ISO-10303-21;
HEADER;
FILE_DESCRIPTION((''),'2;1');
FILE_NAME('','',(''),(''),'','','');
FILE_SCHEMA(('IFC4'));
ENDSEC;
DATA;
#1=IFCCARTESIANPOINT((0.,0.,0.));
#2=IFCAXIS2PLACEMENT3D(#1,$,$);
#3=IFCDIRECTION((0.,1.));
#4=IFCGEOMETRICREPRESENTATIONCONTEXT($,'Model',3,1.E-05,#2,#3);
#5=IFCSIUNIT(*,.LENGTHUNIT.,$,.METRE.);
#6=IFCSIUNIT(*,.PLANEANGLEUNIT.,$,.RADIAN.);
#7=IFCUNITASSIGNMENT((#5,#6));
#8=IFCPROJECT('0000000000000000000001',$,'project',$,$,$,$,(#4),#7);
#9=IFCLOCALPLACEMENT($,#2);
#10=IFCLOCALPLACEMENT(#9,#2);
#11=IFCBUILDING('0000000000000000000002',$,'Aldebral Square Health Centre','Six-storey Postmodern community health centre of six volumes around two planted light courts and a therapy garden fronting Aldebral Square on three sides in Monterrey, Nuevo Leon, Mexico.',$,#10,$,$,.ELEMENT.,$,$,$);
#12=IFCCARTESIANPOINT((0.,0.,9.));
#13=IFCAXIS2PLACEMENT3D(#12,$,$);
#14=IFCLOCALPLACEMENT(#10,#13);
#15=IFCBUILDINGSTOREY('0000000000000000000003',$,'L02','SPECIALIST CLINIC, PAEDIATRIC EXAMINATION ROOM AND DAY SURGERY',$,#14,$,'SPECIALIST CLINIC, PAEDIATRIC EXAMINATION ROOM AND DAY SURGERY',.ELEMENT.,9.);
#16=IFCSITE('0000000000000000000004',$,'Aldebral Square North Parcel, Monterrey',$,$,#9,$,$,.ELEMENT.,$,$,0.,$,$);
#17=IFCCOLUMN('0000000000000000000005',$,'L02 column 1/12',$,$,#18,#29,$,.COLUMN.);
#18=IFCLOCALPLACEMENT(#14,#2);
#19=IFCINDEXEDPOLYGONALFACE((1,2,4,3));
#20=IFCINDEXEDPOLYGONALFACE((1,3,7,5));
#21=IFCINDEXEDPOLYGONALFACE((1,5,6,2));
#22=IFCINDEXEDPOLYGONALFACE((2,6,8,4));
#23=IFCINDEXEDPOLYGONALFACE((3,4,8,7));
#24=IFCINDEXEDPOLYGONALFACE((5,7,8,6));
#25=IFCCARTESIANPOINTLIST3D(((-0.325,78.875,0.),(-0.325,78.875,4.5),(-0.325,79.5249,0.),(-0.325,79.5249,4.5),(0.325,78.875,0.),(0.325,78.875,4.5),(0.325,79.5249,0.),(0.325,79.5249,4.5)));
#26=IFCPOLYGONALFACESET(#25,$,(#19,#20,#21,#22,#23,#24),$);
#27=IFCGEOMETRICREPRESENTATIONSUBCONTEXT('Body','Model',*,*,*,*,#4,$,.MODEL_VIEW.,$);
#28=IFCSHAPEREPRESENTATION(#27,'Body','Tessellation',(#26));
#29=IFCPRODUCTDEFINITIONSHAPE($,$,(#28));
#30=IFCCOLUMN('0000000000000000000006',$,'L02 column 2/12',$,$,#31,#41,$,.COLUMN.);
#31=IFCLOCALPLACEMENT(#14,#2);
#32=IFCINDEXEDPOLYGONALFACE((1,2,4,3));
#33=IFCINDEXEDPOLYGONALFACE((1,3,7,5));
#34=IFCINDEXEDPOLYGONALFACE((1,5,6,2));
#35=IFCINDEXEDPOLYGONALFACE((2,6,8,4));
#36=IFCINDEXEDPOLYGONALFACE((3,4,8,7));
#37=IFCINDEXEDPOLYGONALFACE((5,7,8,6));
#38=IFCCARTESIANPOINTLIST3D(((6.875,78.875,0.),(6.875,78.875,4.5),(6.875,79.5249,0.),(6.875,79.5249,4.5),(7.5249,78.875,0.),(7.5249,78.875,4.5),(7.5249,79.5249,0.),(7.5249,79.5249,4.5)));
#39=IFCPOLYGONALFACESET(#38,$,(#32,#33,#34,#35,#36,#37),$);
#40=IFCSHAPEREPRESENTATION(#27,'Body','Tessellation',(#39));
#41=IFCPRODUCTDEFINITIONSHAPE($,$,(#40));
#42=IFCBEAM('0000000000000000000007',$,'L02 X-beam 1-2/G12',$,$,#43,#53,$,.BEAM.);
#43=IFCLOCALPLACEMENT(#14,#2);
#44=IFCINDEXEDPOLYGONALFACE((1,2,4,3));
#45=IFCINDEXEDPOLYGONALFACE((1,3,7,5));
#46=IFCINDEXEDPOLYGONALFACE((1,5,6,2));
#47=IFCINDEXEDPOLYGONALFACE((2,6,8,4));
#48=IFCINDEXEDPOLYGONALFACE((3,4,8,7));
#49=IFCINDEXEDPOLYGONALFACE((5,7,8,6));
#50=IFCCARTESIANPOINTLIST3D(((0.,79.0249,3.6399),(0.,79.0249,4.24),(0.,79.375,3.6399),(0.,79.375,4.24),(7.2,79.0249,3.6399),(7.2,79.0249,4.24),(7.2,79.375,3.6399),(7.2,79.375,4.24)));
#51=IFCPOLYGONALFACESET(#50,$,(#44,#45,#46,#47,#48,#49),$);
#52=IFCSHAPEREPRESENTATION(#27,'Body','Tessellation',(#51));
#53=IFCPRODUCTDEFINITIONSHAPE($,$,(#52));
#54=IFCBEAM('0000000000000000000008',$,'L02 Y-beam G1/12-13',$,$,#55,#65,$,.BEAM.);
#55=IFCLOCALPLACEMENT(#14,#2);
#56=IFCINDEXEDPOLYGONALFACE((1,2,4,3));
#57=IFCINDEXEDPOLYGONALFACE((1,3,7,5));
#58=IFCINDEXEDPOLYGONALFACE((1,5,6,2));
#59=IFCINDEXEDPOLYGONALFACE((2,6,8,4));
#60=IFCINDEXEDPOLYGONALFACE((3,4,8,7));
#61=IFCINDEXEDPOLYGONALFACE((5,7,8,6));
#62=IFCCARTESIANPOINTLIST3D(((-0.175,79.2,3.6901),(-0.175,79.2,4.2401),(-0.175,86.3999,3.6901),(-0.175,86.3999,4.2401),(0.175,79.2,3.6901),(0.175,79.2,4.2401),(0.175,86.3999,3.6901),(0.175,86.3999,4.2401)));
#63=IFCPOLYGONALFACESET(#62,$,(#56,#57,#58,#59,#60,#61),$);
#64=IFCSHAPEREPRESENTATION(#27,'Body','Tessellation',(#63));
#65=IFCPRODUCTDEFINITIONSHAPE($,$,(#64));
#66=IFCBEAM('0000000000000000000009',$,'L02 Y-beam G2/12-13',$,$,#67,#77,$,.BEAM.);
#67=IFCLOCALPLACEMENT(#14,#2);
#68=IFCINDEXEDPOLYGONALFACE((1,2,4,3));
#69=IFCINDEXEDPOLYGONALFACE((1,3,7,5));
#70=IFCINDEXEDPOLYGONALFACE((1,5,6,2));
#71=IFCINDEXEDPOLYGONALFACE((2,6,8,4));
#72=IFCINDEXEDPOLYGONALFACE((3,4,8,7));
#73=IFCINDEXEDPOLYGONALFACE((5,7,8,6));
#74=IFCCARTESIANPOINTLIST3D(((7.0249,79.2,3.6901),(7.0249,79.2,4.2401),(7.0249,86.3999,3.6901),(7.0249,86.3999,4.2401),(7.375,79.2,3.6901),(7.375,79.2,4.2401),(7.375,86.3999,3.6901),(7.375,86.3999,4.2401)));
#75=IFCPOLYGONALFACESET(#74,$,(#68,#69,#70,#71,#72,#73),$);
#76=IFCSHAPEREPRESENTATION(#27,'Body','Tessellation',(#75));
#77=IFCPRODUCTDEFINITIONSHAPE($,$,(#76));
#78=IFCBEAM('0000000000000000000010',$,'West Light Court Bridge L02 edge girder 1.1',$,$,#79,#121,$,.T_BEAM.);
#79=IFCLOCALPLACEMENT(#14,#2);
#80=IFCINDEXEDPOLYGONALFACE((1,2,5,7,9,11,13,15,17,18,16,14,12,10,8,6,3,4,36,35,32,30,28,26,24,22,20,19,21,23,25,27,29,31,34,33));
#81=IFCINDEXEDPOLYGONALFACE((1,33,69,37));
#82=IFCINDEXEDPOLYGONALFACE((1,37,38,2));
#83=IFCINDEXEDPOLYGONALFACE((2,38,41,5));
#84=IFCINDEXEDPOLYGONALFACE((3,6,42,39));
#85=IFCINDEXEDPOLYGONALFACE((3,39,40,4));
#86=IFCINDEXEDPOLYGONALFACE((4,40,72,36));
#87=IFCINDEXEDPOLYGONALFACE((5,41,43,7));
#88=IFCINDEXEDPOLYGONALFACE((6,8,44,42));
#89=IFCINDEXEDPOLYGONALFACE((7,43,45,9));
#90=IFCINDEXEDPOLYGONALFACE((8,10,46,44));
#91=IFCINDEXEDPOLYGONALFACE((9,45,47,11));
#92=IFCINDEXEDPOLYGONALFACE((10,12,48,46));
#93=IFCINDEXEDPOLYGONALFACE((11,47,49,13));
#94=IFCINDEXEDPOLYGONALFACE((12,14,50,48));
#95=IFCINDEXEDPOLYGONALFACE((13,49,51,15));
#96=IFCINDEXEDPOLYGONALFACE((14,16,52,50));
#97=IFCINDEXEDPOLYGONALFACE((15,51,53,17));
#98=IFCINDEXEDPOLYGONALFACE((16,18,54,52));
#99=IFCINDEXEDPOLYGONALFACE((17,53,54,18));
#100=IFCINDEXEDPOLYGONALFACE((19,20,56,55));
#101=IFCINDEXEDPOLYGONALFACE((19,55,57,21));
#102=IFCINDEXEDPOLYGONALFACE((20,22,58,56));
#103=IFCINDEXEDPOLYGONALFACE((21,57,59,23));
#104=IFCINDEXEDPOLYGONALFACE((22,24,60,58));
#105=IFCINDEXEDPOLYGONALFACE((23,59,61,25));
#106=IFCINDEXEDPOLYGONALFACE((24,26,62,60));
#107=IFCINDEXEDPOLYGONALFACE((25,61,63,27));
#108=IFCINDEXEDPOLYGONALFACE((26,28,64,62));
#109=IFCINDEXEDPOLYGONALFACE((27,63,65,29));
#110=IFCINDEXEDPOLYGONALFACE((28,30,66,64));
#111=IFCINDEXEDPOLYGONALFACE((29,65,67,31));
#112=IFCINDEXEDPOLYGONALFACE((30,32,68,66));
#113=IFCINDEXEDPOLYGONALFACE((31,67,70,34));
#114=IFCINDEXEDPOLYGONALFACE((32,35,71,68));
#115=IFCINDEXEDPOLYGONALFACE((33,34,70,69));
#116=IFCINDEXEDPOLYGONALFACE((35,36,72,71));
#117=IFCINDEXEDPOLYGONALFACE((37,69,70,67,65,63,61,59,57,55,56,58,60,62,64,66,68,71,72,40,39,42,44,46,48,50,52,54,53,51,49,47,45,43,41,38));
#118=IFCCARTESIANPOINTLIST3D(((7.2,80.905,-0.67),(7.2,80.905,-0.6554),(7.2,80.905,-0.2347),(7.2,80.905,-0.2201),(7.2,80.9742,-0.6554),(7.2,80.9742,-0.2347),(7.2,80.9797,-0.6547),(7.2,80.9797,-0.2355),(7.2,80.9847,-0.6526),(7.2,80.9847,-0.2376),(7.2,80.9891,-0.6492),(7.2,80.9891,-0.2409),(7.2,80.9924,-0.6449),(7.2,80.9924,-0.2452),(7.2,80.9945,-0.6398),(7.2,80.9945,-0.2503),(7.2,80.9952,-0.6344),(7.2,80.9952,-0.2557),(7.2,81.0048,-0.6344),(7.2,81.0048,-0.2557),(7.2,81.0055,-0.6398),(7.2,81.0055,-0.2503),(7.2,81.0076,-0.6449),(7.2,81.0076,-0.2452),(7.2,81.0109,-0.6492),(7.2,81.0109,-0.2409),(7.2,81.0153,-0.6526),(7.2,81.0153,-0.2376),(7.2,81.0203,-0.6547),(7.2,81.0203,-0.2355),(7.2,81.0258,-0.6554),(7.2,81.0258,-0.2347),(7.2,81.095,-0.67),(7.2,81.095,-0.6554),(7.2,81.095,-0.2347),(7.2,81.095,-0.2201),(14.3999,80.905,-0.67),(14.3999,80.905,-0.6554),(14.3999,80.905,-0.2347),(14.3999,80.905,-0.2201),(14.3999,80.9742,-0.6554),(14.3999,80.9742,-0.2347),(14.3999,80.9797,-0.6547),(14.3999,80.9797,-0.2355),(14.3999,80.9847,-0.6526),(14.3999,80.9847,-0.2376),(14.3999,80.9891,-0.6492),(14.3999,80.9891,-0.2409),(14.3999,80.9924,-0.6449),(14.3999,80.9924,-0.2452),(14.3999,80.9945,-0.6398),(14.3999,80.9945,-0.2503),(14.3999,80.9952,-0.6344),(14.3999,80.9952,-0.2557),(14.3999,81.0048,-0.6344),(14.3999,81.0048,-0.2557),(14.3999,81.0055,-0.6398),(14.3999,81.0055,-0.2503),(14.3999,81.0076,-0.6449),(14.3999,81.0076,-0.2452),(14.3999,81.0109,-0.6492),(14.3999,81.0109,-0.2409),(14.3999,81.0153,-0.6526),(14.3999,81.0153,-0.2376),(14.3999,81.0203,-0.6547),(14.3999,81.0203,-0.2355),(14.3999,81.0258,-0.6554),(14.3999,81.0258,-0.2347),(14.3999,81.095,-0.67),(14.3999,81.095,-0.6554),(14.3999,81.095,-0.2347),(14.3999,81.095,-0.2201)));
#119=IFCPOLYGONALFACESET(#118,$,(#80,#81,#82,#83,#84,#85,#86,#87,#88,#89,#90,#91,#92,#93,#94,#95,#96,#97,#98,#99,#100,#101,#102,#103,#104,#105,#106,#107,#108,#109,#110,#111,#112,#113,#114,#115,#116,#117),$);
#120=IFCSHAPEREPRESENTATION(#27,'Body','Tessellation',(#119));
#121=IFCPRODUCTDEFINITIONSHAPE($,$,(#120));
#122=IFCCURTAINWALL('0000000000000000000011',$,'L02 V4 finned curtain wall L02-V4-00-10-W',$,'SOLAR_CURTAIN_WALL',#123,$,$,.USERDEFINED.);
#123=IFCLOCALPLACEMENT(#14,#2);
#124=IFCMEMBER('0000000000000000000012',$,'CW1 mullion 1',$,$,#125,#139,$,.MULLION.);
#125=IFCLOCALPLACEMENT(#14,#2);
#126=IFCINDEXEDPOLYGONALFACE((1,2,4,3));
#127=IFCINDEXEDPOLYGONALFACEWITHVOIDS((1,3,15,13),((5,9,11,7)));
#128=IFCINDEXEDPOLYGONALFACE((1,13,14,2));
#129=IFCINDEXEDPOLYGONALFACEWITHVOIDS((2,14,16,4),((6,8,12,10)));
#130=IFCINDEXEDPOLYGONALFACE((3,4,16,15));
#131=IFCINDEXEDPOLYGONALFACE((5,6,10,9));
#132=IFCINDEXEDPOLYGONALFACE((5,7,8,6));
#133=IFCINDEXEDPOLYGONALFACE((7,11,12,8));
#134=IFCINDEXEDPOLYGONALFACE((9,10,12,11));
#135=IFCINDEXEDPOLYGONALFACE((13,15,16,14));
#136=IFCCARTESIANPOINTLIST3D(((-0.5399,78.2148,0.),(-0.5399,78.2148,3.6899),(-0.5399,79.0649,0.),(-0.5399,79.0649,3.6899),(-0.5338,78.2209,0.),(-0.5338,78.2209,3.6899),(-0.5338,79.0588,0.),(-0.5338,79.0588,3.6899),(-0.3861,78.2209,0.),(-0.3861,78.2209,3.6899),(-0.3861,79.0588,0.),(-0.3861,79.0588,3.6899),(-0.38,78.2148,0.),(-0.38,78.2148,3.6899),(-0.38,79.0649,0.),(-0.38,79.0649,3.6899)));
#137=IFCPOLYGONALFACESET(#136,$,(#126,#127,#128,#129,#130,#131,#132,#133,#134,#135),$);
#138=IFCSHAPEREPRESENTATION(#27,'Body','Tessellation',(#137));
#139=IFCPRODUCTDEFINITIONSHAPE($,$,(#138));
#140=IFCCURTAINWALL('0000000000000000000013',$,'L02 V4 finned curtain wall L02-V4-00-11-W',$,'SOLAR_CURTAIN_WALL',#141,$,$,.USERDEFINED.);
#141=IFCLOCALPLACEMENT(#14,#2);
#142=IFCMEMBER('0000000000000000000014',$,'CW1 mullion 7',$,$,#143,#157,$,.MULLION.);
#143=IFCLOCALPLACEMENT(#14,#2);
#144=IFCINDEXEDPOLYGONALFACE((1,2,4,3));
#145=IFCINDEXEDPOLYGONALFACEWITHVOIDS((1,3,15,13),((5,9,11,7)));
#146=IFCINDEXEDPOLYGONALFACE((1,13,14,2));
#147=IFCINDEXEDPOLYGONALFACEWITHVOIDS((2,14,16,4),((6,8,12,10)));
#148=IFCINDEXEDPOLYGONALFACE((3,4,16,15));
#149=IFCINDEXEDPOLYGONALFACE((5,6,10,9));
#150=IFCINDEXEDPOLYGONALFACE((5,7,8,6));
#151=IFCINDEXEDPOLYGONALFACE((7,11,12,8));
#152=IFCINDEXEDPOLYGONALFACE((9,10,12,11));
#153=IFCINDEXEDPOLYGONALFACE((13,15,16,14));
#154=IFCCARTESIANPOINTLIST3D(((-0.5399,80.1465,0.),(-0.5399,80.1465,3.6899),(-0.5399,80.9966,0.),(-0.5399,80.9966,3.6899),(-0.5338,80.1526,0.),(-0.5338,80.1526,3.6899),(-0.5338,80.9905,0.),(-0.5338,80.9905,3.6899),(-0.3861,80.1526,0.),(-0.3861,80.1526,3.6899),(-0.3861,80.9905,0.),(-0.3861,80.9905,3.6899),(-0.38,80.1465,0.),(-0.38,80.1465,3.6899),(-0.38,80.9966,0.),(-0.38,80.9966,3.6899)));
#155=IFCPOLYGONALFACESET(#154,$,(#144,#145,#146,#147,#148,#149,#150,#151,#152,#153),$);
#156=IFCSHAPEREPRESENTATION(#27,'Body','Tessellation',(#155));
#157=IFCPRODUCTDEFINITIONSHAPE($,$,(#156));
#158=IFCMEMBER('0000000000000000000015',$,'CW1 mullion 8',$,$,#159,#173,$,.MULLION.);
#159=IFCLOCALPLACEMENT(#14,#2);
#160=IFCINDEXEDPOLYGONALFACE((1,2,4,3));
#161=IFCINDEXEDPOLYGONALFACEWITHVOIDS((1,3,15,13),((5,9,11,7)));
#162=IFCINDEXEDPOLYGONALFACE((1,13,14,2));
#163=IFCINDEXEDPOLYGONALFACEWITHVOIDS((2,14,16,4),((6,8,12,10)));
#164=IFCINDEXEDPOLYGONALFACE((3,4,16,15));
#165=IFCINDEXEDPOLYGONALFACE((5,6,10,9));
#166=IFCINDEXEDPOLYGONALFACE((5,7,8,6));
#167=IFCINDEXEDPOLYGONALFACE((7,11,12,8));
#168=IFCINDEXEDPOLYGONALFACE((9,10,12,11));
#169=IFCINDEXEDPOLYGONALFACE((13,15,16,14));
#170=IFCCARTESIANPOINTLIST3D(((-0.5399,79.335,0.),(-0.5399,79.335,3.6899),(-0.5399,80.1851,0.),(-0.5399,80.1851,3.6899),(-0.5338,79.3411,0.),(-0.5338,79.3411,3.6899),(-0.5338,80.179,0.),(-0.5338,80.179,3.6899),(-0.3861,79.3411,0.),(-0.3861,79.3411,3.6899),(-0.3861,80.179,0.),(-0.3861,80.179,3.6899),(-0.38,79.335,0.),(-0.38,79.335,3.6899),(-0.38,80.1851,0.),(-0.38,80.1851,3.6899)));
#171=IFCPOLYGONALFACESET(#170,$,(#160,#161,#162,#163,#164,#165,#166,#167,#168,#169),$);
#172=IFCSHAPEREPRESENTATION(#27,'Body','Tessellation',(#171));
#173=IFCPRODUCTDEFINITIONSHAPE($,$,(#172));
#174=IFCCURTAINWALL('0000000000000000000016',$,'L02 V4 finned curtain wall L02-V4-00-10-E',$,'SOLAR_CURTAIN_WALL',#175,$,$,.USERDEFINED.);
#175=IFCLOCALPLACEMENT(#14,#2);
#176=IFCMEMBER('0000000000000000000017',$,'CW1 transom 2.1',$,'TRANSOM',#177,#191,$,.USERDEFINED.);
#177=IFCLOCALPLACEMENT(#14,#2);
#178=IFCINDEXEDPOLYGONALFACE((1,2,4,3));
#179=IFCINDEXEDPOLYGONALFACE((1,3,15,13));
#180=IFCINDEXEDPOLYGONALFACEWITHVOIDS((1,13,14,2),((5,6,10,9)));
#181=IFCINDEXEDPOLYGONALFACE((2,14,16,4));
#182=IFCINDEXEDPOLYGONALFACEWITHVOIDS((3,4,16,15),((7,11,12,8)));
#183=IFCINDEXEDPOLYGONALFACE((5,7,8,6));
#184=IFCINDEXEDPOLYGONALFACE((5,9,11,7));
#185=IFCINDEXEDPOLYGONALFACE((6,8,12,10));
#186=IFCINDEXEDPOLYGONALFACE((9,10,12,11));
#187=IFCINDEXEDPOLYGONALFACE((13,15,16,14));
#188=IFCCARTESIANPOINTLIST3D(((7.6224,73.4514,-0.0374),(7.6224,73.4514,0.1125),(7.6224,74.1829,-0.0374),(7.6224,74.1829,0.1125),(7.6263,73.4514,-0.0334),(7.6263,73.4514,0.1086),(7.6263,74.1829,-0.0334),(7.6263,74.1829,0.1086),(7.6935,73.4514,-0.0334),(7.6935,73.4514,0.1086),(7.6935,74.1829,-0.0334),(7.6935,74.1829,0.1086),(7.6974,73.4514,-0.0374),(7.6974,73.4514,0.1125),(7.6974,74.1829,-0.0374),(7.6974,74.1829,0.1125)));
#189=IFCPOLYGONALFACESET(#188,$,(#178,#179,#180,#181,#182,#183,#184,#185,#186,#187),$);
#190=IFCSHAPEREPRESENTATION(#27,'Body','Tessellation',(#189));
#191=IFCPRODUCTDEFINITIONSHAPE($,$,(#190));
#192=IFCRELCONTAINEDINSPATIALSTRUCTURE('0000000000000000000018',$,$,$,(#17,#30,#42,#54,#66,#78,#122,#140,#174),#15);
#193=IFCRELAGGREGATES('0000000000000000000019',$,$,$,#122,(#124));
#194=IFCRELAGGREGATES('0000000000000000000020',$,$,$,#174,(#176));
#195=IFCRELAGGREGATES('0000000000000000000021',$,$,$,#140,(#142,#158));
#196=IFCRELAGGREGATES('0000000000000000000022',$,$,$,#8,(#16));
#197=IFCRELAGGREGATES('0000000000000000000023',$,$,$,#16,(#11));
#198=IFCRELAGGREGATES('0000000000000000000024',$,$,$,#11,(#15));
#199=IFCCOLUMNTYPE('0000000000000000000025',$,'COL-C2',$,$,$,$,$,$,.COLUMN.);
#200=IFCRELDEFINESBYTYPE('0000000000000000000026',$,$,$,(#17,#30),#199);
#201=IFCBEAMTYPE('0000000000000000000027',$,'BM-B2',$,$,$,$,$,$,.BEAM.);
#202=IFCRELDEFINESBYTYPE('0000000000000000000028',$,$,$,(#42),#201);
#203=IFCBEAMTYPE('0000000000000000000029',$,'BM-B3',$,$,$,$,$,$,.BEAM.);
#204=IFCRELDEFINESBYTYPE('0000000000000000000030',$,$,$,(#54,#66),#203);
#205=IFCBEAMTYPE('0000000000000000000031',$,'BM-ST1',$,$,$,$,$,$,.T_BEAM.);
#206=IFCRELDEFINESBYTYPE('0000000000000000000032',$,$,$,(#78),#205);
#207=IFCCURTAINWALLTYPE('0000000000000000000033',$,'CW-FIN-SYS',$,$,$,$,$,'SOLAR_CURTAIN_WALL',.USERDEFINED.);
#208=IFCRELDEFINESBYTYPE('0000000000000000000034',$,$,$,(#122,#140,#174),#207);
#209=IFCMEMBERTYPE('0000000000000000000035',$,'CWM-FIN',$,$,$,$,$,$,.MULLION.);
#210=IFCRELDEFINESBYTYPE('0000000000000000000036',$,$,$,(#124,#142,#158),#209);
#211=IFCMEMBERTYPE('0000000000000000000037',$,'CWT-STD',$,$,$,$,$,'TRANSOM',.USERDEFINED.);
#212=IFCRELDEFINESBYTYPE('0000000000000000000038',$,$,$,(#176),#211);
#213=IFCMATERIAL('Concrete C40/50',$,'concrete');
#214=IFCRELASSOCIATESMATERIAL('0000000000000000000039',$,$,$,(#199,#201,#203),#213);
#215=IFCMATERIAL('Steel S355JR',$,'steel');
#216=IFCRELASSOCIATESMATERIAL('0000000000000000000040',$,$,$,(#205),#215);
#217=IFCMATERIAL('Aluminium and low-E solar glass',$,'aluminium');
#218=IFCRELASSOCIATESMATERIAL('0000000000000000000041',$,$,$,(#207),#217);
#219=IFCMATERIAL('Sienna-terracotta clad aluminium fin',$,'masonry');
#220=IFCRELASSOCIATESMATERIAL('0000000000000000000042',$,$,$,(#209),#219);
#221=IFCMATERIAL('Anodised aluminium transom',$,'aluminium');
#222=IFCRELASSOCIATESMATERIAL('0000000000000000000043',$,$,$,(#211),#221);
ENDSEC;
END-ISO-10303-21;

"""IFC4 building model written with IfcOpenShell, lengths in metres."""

from ifc_helpers import new_model, si_unit, direction, frame, origin, origin_2d, place, context, subcontext, project, spatial, rectangle, hollow_rectangle, i_section, extrude, material, material_profile, profile_set, type_object, element, aggregate, save


model = new_model("IFC4")

# Units and contexts
model_context = context("Model", 3, precision=1e-05, world=origin(), true_north=direction((0.0, 1.0)))
body_context = subcontext(model_context, "Body", "Model", "MODEL_VIEW")
ifc_project = project(units=[si_unit("LENGTHUNIT", "METRE"), si_unit("PLANEANGLEUNIT", "RADIAN")], contexts=[model_context])

# Site, building, storey
site_placement = place(None, origin())
site = spatial("IfcSite", under=ifc_project, at=site_placement, Name="Aldebral Square North Parcel, Monterrey", CompositionType="ELEMENT", RefElevation=0.0)
building_placement = place(site_placement, origin())
building = spatial("IfcBuilding", under=site, at=building_placement, Name="Aldebral Square Health Centre", Description="Six-storey Postmodern community health centre of six volumes around two planted light courts and a therapy garden fronting Aldebral Square on three sides in Monterrey, Nuevo Leon, Mexico.", CompositionType="ELEMENT")
storey_placement = place(building_placement, frame((0.0, 0.0, 9.0)))
storey = spatial("IfcBuildingStorey", under=building, at=storey_placement, Name="L02", Description="SPECIALIST CLINIC, PAEDIATRIC EXAMINATION ROOM AND DAY SURGERY", LongName="SPECIALIST CLINIC, PAEDIATRIC EXAMINATION ROOM AND DAY SURGERY", CompositionType="ELEMENT", Elevation=9.0)

# Columns
ifc_material_1 = material(Name="Concrete C40/50", Category="concrete")
ifc_material_profile_1 = material_profile(ifc_material_1, rectangle(XDim=0.6499, YDim=0.6499, at=origin_2d()), Name="RC 650x650")
ifc_profile_set_1 = profile_set([ifc_material_profile_1], Name="Concrete C40/50")
column_type = type_object("IfcColumnType", Name="COL-C2", PredefinedType="COLUMN", material=ifc_profile_set_1)
for number, where, z_axis, x_axis, name in (
    (1, (0.0, 79.2, 0.0), (0.0, 0.0, 1.0), (1.0, 0.0, 0.0), "L02 column 1/12"),
    (2, (7.2, 79.2, 0.0), (0.0, 0.0, 1.0), (1.0, 0.0, 0.0), "L02 column 2/12"),
):
    element("IfcColumn", number, at=place(storey_placement, frame(where, z_axis=z_axis, x_axis=x_axis)), inside=storey, type_object=column_type, Name=name, PredefinedType="COLUMN", context=body_context, shape_type="SweptSolid", body=[
        extrude(rectangle(XDim=0.6499, YDim=0.6499, at=origin_2d()), origin(), (0.0, 0.0, 1.0), 4.5),
    ])

# Beams
ifc_material_profile_2 = material_profile(ifc_material_1, rectangle(XDim=0.3501, YDim=0.6001, at=origin_2d()), Name="RC 350x600")
ifc_profile_set_2 = profile_set([ifc_material_profile_2], Name="Concrete C40/50")
beam_type_1 = type_object("IfcBeamType", Name="BM-B2", PredefinedType="BEAM", material=ifc_profile_set_2)
beam_1_placement = place(storey_placement, frame((0.0, 79.2, 3.9399), z_axis=(1.0, 0.0, 0.0), x_axis=(0.0, 1.0, 0.0)))
element("IfcBeam", 3, at=beam_1_placement, inside=storey, type_object=beam_type_1, Name="L02 X-beam 1-2/G12", PredefinedType="BEAM", context=body_context, shape_type="SweptSolid", body=[
    extrude(rectangle(XDim=0.3501, YDim=0.6001, at=origin_2d()), origin(), (0.0, 0.0, 1.0), 7.2),
])
ifc_material_profile_3 = material_profile(ifc_material_1, rectangle(XDim=0.3501, YDim=0.55, at=origin_2d()), Name="RC 350x550")
ifc_profile_set_3 = profile_set([ifc_material_profile_3], Name="Concrete C40/50")
beam_type_2 = type_object("IfcBeamType", Name="BM-B3", PredefinedType="BEAM", material=ifc_profile_set_3)
for number, where, z_axis, x_axis, name in (
    (4, (0.0, 79.2, 3.9651), (0.0, 1.0, 0.0), (-1.0, 0.0, 0.0), "L02 Y-beam G1/12-13"),
    (5, (7.2, 79.2, 3.9651), (0.0, 1.0, 0.0), (-1.0, 0.0, 0.0), "L02 Y-beam G2/12-13"),
):
    element("IfcBeam", number, at=place(storey_placement, frame(where, z_axis=z_axis, x_axis=x_axis)), inside=storey, type_object=beam_type_2, Name=name, PredefinedType="BEAM", context=body_context, shape_type="SweptSolid", body=[
        extrude(rectangle(XDim=0.3501, YDim=0.55, at=origin_2d()), origin(), (0.0, 0.0, 1.0), 7.2),
    ])
ifc_material_2 = material(Name="Steel S355JR", Category="steel")
ifc_material_profile_4 = material_profile(ifc_material_2, i_section(OverallWidth=0.1899, OverallDepth=0.45, WebThickness=0.0095, FlangeThickness=0.0146, FilletRadius=0.021, at=origin_2d()), Name="IPE 450")
ifc_profile_set_4 = profile_set([ifc_material_profile_4], Name="Steel S355JR")
beam_type_3 = type_object("IfcBeamType", Name="BM-ST1", PredefinedType="T_BEAM", material=ifc_profile_set_4)
beam_2_placement = place(storey_placement, frame((7.2, 81.0, -0.4451), z_axis=(1.0, 0.0, 0.0), x_axis=(0.0, 1.0, 0.0)))
element("IfcBeam", 6, at=beam_2_placement, inside=storey, type_object=beam_type_3, Name="West Light Court Bridge L02 edge girder 1.1", PredefinedType="T_BEAM", context=body_context, shape_type="SweptSolid", body=[
    extrude(i_section(OverallWidth=0.1899, OverallDepth=0.45, WebThickness=0.0095, FlangeThickness=0.0146, FilletRadius=0.021, at=origin_2d()), origin(), (0.0, 0.0, 1.0), 7.2),
])

# Curtain wall, member
ifc_material_3 = material(Name="Aluminium and low-E solar glass", Category="aluminium")
curtain_wall_type = type_object("IfcCurtainWallType", Name="CW-FIN-SYS", ElementType="SOLAR_CURTAIN_WALL", PredefinedType="USERDEFINED", material=ifc_material_3)
curtain_wall_1_placement = place(storey_placement, origin())
curtain_wall_1 = element("IfcCurtainWall", 7, at=curtain_wall_1_placement, inside=storey, type_object=curtain_wall_type, Name="L02 V4 finned curtain wall L02-V4-00-10-W", ObjectType="SOLAR_CURTAIN_WALL", PredefinedType="USERDEFINED")
ifc_material_4 = material(Name="Sienna-terracotta clad aluminium fin", Category="masonry")
ifc_material_profile_5 = material_profile(ifc_material_4, hollow_rectangle(XDim=0.1599, YDim=0.8501, WallThickness=0.0061, at=origin_2d()), Name="FIN 160x850x6")
ifc_profile_set_5 = profile_set([ifc_material_profile_5], Name="Sienna-terracotta clad aluminium fin")
member_type_1 = type_object("IfcMemberType", Name="CWM-FIN", PredefinedType="MULLION", material=ifc_profile_set_5)
member_1_placement = place(storey_placement, frame((-0.46, 78.6399, 0.0), z_axis=(0.0, 0.0, 1.0), x_axis=(1.0, 0.0, 0.0)))
member_1 = element("IfcMember", 8, at=member_1_placement, type_object=member_type_1, Name="CW1 mullion 1", PredefinedType="MULLION", context=body_context, shape_type="SweptSolid", body=[
    extrude(hollow_rectangle(XDim=0.1599, YDim=0.8501, WallThickness=0.0061, at=origin_2d()), origin(), (0.0, 0.0, 1.0), 3.6899),
])
aggregate(curtain_wall_1, [member_1])

# Curtain walls, members
curtain_wall_2_placement = place(storey_placement, origin())
curtain_wall_2 = element("IfcCurtainWall", 9, at=curtain_wall_2_placement, inside=storey, type_object=curtain_wall_type, Name="L02 V4 finned curtain wall L02-V4-00-11-W", ObjectType="SOLAR_CURTAIN_WALL", PredefinedType="USERDEFINED")
member_2_placement = place(storey_placement, frame((-0.46, 80.5715, 0.0), z_axis=(0.0, 0.0, 1.0), x_axis=(1.0, 0.0, 0.0)))
member_2 = element("IfcMember", 10, at=member_2_placement, type_object=member_type_1, Name="CW1 mullion 7", PredefinedType="MULLION", context=body_context, shape_type="SweptSolid", body=[
    extrude(hollow_rectangle(XDim=0.1599, YDim=0.8501, WallThickness=0.0061, at=origin_2d()), origin(), (0.0, 0.0, 1.0), 3.6899),
])
member_3_placement = place(storey_placement, frame((-0.46, 79.76, 0.0), z_axis=(0.0, 0.0, 1.0), x_axis=(1.0, 0.0, 0.0)))
member_3 = element("IfcMember", 11, at=member_3_placement, type_object=member_type_1, Name="CW1 mullion 8", PredefinedType="MULLION", context=body_context, shape_type="SweptSolid", body=[
    extrude(hollow_rectangle(XDim=0.1599, YDim=0.8501, WallThickness=0.0061, at=origin_2d()), origin(), (0.0, 0.0, 1.0), 3.6899),
])
curtain_wall_3_placement = place(storey_placement, origin())
curtain_wall_3 = element("IfcCurtainWall", 12, at=curtain_wall_3_placement, inside=storey, type_object=curtain_wall_type, Name="L02 V4 finned curtain wall L02-V4-00-10-E", ObjectType="SOLAR_CURTAIN_WALL", PredefinedType="USERDEFINED")
ifc_material_5 = material(Name="Anodised aluminium transom", Category="aluminium")
ifc_material_profile_6 = material_profile(ifc_material_5, hollow_rectangle(XDim=0.075, YDim=0.1499, WallThickness=0.0039, at=origin_2d()), Name="CWT 75x150x4")
ifc_profile_set_6 = profile_set([ifc_material_profile_6], Name="Anodised aluminium transom")
member_type_2 = type_object("IfcMemberType", Name="CWT-STD", ElementType="TRANSOM", PredefinedType="USERDEFINED", material=ifc_profile_set_6)
member_4_placement = place(storey_placement, frame((7.6599, 73.4514, 0.0376), z_axis=(0.0, 1.0, 0.0), x_axis=(-1.0, 0.0, 0.0)))
member_4 = element("IfcMember", 13, at=member_4_placement, type_object=member_type_2, Name="CW1 transom 2.1", ObjectType="TRANSOM", PredefinedType="USERDEFINED", context=body_context, shape_type="SweptSolid", body=[
    extrude(hollow_rectangle(XDim=0.075, YDim=0.1499, WallThickness=0.0039, at=origin_2d()), origin(), (0.0, 0.0, 1.0), 0.7314),
])
aggregate(curtain_wall_3, [member_4])

aggregate(curtain_wall_2, [member_2, member_3])

save(model, "model.ifc")
